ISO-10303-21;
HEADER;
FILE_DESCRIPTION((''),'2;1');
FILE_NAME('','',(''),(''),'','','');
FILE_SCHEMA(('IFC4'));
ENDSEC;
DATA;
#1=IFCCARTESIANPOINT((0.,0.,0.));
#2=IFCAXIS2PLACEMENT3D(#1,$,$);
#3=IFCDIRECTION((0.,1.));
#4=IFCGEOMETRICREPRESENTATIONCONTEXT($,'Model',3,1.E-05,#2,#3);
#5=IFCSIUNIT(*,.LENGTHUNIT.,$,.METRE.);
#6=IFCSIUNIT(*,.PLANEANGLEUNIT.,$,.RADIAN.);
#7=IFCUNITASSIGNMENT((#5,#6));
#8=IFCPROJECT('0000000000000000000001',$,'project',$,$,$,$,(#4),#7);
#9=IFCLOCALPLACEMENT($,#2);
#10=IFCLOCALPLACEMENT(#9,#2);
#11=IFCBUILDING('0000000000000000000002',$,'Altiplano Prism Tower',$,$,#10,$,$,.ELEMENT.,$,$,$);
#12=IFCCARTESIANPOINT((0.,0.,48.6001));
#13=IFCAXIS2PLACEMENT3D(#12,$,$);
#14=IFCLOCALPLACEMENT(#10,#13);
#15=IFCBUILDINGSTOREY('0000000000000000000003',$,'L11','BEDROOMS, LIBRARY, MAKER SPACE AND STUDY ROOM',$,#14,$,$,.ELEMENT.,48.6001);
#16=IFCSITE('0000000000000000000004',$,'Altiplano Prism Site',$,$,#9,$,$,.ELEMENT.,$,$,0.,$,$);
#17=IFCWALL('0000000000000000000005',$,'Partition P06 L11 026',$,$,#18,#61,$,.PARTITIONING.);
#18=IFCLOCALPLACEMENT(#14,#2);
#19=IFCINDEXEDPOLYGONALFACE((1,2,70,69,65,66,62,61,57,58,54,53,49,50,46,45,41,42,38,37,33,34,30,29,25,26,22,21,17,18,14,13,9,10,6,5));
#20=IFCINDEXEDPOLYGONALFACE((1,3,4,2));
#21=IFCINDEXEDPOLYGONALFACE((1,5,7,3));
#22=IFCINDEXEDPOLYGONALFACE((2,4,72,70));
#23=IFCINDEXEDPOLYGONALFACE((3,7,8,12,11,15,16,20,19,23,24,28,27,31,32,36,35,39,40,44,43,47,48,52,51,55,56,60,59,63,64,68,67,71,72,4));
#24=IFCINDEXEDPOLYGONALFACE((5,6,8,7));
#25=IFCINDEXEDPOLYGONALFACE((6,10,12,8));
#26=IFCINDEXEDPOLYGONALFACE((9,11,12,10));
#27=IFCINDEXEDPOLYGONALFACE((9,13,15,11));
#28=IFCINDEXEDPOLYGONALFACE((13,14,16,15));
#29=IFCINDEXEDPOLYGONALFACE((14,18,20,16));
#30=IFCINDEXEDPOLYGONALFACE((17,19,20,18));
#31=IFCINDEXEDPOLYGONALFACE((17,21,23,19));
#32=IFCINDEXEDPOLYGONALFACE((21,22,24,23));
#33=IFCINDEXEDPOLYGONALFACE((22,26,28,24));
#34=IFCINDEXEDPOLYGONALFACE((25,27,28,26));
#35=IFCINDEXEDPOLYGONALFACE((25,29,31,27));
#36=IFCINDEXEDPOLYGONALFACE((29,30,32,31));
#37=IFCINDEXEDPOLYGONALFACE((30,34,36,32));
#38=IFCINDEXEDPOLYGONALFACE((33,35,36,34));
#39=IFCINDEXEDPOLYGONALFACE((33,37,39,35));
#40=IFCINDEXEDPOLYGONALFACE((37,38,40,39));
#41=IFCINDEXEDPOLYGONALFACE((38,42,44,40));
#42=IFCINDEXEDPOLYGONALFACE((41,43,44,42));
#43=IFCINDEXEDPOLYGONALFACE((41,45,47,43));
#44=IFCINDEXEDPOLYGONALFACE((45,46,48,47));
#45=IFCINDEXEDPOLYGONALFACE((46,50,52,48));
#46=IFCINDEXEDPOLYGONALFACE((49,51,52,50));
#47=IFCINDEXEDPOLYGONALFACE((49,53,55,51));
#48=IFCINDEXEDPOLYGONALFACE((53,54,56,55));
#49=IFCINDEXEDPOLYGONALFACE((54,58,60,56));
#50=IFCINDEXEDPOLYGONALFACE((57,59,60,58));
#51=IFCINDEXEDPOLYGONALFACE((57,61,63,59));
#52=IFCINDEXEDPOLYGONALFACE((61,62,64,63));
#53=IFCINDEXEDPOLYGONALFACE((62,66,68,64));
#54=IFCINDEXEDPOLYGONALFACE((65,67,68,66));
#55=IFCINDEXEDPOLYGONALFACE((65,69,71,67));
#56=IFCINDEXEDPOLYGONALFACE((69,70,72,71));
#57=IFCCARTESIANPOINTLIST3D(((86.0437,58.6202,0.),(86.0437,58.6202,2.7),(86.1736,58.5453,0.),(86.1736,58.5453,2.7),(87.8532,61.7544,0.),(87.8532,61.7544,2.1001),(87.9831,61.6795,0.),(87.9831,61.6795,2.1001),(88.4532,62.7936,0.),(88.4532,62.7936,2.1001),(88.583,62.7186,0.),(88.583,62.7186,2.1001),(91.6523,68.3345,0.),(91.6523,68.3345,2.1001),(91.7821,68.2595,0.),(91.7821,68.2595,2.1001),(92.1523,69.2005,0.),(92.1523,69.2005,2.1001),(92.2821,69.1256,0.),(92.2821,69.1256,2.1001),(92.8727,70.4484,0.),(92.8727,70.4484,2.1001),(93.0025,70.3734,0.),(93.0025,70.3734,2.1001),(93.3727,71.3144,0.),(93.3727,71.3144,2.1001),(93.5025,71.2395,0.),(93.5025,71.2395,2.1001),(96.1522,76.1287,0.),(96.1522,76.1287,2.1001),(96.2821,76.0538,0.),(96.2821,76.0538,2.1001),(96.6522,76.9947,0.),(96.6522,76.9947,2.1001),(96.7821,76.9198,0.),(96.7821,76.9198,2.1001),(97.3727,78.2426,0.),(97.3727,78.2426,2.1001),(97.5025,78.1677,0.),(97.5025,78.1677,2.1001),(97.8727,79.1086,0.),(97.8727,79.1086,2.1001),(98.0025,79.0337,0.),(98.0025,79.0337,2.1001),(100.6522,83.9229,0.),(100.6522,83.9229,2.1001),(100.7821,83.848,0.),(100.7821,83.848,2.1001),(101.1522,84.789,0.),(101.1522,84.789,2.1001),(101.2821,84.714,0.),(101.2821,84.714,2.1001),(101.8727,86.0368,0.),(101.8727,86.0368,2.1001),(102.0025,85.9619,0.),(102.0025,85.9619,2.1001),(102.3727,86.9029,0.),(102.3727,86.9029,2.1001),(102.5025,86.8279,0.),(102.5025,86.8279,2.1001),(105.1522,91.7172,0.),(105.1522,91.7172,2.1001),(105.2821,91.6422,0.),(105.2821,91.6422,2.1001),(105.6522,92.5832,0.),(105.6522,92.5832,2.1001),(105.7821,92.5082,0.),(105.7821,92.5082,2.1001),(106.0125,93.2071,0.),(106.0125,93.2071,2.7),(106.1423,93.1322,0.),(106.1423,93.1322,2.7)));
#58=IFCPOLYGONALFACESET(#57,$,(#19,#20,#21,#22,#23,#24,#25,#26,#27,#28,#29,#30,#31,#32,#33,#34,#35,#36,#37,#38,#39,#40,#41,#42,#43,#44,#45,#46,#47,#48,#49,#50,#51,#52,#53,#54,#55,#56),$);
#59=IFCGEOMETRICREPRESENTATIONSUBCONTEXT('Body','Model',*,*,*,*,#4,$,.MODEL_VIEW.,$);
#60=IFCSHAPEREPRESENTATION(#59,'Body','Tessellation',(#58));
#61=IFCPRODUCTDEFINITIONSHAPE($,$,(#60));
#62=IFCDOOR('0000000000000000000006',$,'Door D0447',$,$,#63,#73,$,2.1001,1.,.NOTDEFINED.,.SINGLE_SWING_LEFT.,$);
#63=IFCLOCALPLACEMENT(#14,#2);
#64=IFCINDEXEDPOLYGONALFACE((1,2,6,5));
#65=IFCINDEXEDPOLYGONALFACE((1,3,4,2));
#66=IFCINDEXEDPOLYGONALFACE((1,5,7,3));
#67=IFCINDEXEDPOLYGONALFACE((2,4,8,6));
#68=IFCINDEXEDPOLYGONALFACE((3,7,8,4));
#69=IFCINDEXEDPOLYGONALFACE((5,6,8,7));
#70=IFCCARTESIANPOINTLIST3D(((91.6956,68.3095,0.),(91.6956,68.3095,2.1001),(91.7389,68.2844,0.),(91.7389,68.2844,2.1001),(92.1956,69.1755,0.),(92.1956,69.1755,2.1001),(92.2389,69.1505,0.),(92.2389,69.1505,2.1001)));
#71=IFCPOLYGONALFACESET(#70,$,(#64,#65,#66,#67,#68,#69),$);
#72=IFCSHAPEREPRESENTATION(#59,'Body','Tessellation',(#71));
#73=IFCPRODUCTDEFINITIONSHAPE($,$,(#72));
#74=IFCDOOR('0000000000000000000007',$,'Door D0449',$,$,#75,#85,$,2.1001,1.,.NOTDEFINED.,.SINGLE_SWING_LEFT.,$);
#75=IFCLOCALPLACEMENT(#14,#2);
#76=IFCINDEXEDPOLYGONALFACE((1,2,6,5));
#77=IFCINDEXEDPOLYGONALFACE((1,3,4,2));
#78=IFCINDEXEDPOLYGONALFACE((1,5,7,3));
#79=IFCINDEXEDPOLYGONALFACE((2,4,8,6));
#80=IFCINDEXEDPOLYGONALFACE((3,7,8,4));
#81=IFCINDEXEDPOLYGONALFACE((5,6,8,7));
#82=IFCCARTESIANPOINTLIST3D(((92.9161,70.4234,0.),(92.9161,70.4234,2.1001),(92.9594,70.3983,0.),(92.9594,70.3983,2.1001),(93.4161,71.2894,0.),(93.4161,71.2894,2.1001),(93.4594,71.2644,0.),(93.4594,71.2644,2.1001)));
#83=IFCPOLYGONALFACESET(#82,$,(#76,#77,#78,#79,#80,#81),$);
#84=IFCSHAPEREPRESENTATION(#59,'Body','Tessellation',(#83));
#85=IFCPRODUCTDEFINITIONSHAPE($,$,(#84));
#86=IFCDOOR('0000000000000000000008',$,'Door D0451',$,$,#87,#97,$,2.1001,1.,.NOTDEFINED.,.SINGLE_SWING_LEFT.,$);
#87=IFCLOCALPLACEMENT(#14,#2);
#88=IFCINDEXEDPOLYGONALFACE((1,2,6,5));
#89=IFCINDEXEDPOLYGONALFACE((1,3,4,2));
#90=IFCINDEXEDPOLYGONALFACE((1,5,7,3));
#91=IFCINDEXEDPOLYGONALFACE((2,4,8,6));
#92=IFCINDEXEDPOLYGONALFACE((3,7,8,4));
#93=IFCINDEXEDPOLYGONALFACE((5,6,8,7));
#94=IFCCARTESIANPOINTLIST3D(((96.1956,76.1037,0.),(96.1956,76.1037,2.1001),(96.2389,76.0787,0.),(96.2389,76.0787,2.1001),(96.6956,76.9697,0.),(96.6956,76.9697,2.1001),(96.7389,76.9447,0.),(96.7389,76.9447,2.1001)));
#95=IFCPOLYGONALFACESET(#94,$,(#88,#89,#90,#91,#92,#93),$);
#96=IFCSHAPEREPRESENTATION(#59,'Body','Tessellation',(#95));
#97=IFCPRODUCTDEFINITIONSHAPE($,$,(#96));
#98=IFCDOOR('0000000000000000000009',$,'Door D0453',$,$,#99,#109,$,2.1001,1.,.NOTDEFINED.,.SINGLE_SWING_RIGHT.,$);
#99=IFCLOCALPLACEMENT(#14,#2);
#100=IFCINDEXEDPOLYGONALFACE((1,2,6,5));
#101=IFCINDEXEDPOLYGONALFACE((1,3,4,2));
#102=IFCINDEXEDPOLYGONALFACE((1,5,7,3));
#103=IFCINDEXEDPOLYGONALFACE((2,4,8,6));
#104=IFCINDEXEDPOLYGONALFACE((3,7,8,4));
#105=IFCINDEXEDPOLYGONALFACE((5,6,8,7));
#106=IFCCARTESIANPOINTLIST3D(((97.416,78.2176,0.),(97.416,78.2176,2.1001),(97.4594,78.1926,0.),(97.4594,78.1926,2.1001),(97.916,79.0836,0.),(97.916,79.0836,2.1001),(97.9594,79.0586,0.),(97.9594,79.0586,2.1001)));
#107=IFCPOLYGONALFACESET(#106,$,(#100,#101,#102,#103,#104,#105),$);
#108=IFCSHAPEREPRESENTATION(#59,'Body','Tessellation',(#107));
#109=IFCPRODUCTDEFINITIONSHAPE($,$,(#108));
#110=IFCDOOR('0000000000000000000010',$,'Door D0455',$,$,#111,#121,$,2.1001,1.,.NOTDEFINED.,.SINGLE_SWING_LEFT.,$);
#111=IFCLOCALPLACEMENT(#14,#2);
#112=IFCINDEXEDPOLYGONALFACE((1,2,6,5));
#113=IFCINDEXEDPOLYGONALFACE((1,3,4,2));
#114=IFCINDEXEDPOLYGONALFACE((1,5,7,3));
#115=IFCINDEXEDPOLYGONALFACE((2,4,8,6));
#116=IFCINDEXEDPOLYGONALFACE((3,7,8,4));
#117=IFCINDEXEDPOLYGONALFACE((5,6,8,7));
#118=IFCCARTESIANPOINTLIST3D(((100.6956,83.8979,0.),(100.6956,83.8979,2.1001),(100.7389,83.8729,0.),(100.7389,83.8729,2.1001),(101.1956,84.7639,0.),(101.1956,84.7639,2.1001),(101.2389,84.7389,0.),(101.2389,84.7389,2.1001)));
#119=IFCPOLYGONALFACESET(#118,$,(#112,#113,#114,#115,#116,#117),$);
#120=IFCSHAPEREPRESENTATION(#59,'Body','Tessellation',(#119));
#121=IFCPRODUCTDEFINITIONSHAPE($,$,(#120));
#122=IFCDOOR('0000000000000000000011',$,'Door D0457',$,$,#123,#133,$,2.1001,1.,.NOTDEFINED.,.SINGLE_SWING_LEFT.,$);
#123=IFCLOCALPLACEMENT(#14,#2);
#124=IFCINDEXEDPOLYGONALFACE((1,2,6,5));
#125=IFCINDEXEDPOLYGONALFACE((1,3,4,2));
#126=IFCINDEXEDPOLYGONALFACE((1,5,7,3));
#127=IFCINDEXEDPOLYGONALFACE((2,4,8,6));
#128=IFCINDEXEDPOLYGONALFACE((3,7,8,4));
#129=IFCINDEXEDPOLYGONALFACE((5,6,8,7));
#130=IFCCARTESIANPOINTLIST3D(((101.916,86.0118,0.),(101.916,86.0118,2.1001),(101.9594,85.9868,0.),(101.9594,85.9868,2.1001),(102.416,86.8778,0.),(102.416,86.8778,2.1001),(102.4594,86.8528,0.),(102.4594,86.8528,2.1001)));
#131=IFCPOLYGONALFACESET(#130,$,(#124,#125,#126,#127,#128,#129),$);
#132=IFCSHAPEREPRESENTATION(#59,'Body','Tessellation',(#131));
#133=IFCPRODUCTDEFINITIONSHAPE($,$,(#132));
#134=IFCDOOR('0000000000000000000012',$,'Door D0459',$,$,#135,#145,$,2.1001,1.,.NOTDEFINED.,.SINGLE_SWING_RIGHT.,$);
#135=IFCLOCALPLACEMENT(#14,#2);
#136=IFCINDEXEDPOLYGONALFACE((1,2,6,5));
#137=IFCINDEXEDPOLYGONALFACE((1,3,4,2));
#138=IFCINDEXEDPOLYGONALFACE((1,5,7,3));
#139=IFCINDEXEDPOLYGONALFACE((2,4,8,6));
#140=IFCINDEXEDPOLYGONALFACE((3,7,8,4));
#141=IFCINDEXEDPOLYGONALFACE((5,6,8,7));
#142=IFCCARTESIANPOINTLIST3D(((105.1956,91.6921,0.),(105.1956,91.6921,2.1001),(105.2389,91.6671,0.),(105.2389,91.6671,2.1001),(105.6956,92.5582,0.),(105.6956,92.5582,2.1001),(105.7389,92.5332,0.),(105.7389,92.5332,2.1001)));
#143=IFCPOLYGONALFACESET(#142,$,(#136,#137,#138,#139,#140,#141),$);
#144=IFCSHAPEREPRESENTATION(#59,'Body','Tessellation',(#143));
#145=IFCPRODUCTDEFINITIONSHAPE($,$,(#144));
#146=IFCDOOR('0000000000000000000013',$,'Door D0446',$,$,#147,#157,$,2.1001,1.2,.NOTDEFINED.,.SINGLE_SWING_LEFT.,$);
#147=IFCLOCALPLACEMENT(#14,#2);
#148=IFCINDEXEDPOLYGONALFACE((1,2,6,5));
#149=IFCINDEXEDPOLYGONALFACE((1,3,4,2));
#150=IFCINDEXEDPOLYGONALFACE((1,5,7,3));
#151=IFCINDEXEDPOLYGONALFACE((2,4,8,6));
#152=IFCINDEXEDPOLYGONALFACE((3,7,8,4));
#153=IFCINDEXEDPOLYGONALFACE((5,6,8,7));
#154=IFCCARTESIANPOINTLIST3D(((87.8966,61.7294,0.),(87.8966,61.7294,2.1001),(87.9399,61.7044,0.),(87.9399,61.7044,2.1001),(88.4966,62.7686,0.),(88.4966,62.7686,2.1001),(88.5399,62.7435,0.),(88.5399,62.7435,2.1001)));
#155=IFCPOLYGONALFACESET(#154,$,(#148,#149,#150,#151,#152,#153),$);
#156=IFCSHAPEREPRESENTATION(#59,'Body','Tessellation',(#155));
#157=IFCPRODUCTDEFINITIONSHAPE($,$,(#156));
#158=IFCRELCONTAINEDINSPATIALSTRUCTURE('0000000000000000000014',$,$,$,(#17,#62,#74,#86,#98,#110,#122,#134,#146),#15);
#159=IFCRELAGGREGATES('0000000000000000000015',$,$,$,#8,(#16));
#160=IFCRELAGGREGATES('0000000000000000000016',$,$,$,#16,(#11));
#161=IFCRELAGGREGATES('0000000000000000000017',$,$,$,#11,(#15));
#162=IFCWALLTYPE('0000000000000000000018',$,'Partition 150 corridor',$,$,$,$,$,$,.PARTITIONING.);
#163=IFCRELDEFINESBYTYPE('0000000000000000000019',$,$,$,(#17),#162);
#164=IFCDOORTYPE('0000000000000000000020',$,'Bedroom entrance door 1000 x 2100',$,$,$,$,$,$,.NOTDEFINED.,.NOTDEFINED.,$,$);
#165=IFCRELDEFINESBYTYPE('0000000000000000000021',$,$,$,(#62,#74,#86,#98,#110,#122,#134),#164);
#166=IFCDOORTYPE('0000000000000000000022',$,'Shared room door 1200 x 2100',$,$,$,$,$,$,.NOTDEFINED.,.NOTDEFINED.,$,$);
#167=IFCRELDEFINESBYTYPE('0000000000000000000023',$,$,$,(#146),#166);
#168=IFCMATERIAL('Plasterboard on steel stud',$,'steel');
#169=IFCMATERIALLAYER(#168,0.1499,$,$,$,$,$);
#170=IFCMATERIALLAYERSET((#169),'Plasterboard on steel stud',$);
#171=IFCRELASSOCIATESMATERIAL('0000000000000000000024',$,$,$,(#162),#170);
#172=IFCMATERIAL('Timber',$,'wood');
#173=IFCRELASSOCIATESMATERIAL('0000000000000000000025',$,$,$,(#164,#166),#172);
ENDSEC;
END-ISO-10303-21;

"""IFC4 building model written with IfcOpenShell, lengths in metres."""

from ifc_helpers import new_model, si_unit, direction, frame, frame_2d, origin, place, context, subcontext, project, spatial, rectangle, extrude, material, layer, layer_set, type_object, element, fill, save


model = new_model("IFC4")

# Units and contexts
model_context = context("Model", 3, precision=1e-05, world=origin(), true_north=direction((0.0, 1.0)))
body_context = subcontext(model_context, "Body", "Model", "MODEL_VIEW")
ifc_project = project(units=[si_unit("LENGTHUNIT", "METRE"), si_unit("PLANEANGLEUNIT", "RADIAN")], contexts=[model_context])

# Site, building, storey
site_placement = place(None, origin())
site = spatial("IfcSite", under=ifc_project, at=site_placement, Name="Altiplano Prism Site", CompositionType="ELEMENT", RefElevation=0.0)
building_placement = place(site_placement, origin())
building = spatial("IfcBuilding", under=site, at=building_placement, Name="Altiplano Prism Tower", CompositionType="ELEMENT")
storey_placement = place(building_placement, frame((0.0, 0.0, 48.6001)))
storey = spatial("IfcBuildingStorey", under=building, at=storey_placement, Name="L11", Description="BEDROOMS, LIBRARY, MAKER SPACE AND STUDY ROOM", CompositionType="ELEMENT", Elevation=48.6001)

# Shared definitions
ifc_material_1 = material(Name="Plasterboard on steel stud", Category="steel")
ifc_layer = layer(ifc_material_1, 0.1499)
ifc_layer_set = layer_set([ifc_layer], Name="Plasterboard on steel stud")
wall_type = type_object("IfcWallType", Name="Partition 150 corridor", PredefinedType="PARTITIONING", material=ifc_layer_set)

# Wall, openings, doors
wall_1_placement = place(storey_placement, frame((86.1086, 58.5828, 0.0), z_axis=(0.0, 0.0, 1.0), x_axis=(0.5, 0.866026, 0.0)))
wall_1 = element("IfcWall", 1, at=wall_1_placement, inside=storey, type_object=wall_type, Name="Partition P06 L11 026", PredefinedType="PARTITIONING", context=body_context, shape_type="SweptSolid", body=[
    extrude(rectangle(XDim=39.9375, YDim=0.1499, at=frame_2d((19.9688, 0.0))), origin(), (0.0, 0.0, 1.0), 2.7),
])
opening_1_placement = place(wall_1_placement, frame((3.6189, 0.0, 0.0)))
opening_1 = element("IfcOpeningElement", 2, at=opening_1_placement, cuts=wall_1, PredefinedType="OPENING", context=body_context, shape_type="SweptSolid", body=[
    extrude(rectangle(XDim=1.2, YDim=2.1001, at=frame_2d((0.6001, 1.05))), frame((0.0, 0.0854, 0.0), z_axis=(0.0, -1.0, 0.0), x_axis=(1.0, 0.0, 0.0)), (0.0, 0.0, 1.0), 0.1709),
])
opening_2_placement = place(wall_1_placement, frame((11.217, 0.0, 0.0)))
opening_2 = element("IfcOpeningElement", 3, at=opening_2_placement, cuts=wall_1, PredefinedType="OPENING", context=body_context, shape_type="SweptSolid", body=[
    extrude(rectangle(XDim=1.0, YDim=2.1001, at=frame_2d((0.5, 1.05))), frame((0.0, 0.0854, 0.0), z_axis=(0.0, -1.0, 0.0), x_axis=(1.0, 0.0, 0.0)), (0.0, 0.0, 1.0), 0.1709),
])
opening_3_placement = place(wall_1_placement, frame((13.658, 0.0, 0.0)))
opening_3 = element("IfcOpeningElement", 4, at=opening_3_placement, cuts=wall_1, PredefinedType="OPENING", context=body_context, shape_type="SweptSolid", body=[
    extrude(rectangle(XDim=1.0, YDim=2.1001, at=frame_2d((0.5, 1.05))), frame((0.0, 0.0854, 0.0), z_axis=(0.0, -1.0, 0.0), x_axis=(1.0, 0.0, 0.0)), (0.0, 0.0, 1.0), 0.1709),
])
opening_4_placement = place(wall_1_placement, frame((20.217, 0.0, 0.0)))
opening_4 = element("IfcOpeningElement", 5, at=opening_4_placement, cuts=wall_1, PredefinedType="OPENING", context=body_context, shape_type="SweptSolid", body=[
    extrude(rectangle(XDim=1.0, YDim=2.1001, at=frame_2d((0.5, 1.05))), frame((0.0, 0.0854, 0.0), z_axis=(0.0, -1.0, 0.0), x_axis=(1.0, 0.0, 0.0)), (0.0, 0.0, 1.0), 0.1709),
])
opening_5_placement = place(wall_1_placement, frame((22.658, 0.0, 0.0)))
opening_5 = element("IfcOpeningElement", 6, at=opening_5_placement, cuts=wall_1, PredefinedType="OPENING", context=body_context, shape_type="SweptSolid", body=[
    extrude(rectangle(XDim=1.0, YDim=2.1001, at=frame_2d((0.5, 1.05))), frame((0.0, 0.0854, 0.0), z_axis=(0.0, -1.0, 0.0), x_axis=(1.0, 0.0, 0.0)), (0.0, 0.0, 1.0), 0.1709),
])
opening_6_placement = place(wall_1_placement, frame((29.217, 0.0, 0.0)))
opening_6 = element("IfcOpeningElement", 7, at=opening_6_placement, cuts=wall_1, PredefinedType="OPENING", context=body_context, shape_type="SweptSolid", body=[
    extrude(rectangle(XDim=1.0, YDim=2.1001, at=frame_2d((0.5, 1.05))), frame((0.0, 0.0854, 0.0), z_axis=(0.0, -1.0, 0.0), x_axis=(1.0, 0.0, 0.0)), (0.0, 0.0, 1.0), 0.1709),
])
opening_7_placement = place(wall_1_placement, frame((31.658, 0.0, 0.0)))
opening_7 = element("IfcOpeningElement", 8, at=opening_7_placement, cuts=wall_1, PredefinedType="OPENING", context=body_context, shape_type="SweptSolid", body=[
    extrude(rectangle(XDim=1.0, YDim=2.1001, at=frame_2d((0.5, 1.05))), frame((0.0, 0.0854, 0.0), z_axis=(0.0, -1.0, 0.0), x_axis=(1.0, 0.0, 0.0)), (0.0, 0.0, 1.0), 0.1709),
])
opening_8_placement = place(wall_1_placement, frame((38.217, 0.0, 0.0)))
opening_8 = element("IfcOpeningElement", 9, at=opening_8_placement, cuts=wall_1, PredefinedType="OPENING", context=body_context, shape_type="SweptSolid", body=[
    extrude(rectangle(XDim=1.0, YDim=2.1001, at=frame_2d((0.5, 1.05))), frame((0.0, 0.0854, 0.0), z_axis=(0.0, -1.0, 0.0), x_axis=(1.0, 0.0, 0.0)), (0.0, 0.0, 1.0), 0.1709),
])
ifc_material_2 = material(Name="Timber", Category="wood")
door_type_1 = type_object("IfcDoorType", Name="Bedroom entrance door 1000 x 2100", OperationType="NOTDEFINED", PredefinedType="NOTDEFINED", material=ifc_material_2)
door_1_placement = place(opening_2_placement, origin())
door_1 = element("IfcDoor", 10, at=door_1_placement, inside=storey, type_object=door_type_1, Name="Door D0447", OperationType="SINGLE_SWING_LEFT", OverallHeight=2.1001, OverallWidth=1.0, PredefinedType="NOTDEFINED", context=body_context, shape_type="SweptSolid", body=[
    extrude(rectangle(XDim=1.0, YDim=2.1001, at=frame_2d((0.5, 1.05))), frame((0.0, 0.0249, 0.0), z_axis=(0.0, -1.0, 0.0), x_axis=(1.0, 0.0, 0.0)), (0.0, 0.0, 1.0), 0.05),
])
fill(opening_2, door_1)
door_2_placement = place(opening_3_placement, origin())
door_2 = element("IfcDoor", 11, at=door_2_placement, inside=storey, type_object=door_type_1, Name="Door D0449", OperationType="SINGLE_SWING_LEFT", OverallHeight=2.1001, OverallWidth=1.0, PredefinedType="NOTDEFINED", context=body_context, shape_type="SweptSolid", body=[
    extrude(rectangle(XDim=1.0, YDim=2.1001, at=frame_2d((0.5, 1.05))), frame((0.0, 0.0249, 0.0), z_axis=(0.0, -1.0, 0.0), x_axis=(1.0, 0.0, 0.0)), (0.0, 0.0, 1.0), 0.05),
])
fill(opening_3, door_2)
door_3_placement = place(opening_4_placement, origin())
door_3 = element("IfcDoor", 12, at=door_3_placement, inside=storey, type_object=door_type_1, Name="Door D0451", OperationType="SINGLE_SWING_LEFT", OverallHeight=2.1001, OverallWidth=1.0, PredefinedType="NOTDEFINED", context=body_context, shape_type="SweptSolid", body=[
    extrude(rectangle(XDim=1.0, YDim=2.1001, at=frame_2d((0.5, 1.05))), frame((0.0, 0.0249, 0.0), z_axis=(0.0, -1.0, 0.0), x_axis=(1.0, 0.0, 0.0)), (0.0, 0.0, 1.0), 0.05),
])
fill(opening_4, door_3)
door_4_placement = place(opening_5_placement, origin())
door_4 = element("IfcDoor", 13, at=door_4_placement, inside=storey, type_object=door_type_1, Name="Door D0453", OperationType="SINGLE_SWING_RIGHT", OverallHeight=2.1001, OverallWidth=1.0, PredefinedType="NOTDEFINED", context=body_context, shape_type="SweptSolid", body=[
    extrude(rectangle(XDim=1.0, YDim=2.1001, at=frame_2d((0.5, 1.05))), frame((0.0, 0.0249, 0.0), z_axis=(0.0, -1.0, 0.0), x_axis=(1.0, 0.0, 0.0)), (0.0, 0.0, 1.0), 0.05),
])
fill(opening_5, door_4)
door_5_placement = place(opening_6_placement, origin())
door_5 = element("IfcDoor", 14, at=door_5_placement, inside=storey, type_object=door_type_1, Name="Door D0455", OperationType="SINGLE_SWING_LEFT", OverallHeight=2.1001, OverallWidth=1.0, PredefinedType="NOTDEFINED", context=body_context, shape_type="SweptSolid", body=[
    extrude(rectangle(XDim=1.0, YDim=2.1001, at=frame_2d((0.5, 1.05))), frame((0.0, 0.0249, 0.0), z_axis=(0.0, -1.0, 0.0), x_axis=(1.0, 0.0, 0.0)), (0.0, 0.0, 1.0), 0.05),
])
fill(opening_6, door_5)
door_6_placement = place(opening_7_placement, origin())
door_6 = element("IfcDoor", 15, at=door_6_placement, inside=storey, type_object=door_type_1, Name="Door D0457", OperationType="SINGLE_SWING_LEFT", OverallHeight=2.1001, OverallWidth=1.0, PredefinedType="NOTDEFINED", context=body_context, shape_type="SweptSolid", body=[
    extrude(rectangle(XDim=1.0, YDim=2.1001, at=frame_2d((0.5, 1.05))), frame((0.0, 0.0249, 0.0), z_axis=(0.0, -1.0, 0.0), x_axis=(1.0, 0.0, 0.0)), (0.0, 0.0, 1.0), 0.05),
])
fill(opening_7, door_6)
door_7_placement = place(opening_8_placement, origin())
door_7 = element("IfcDoor", 16, at=door_7_placement, inside=storey, type_object=door_type_1, Name="Door D0459", OperationType="SINGLE_SWING_RIGHT", OverallHeight=2.1001, OverallWidth=1.0, PredefinedType="NOTDEFINED", context=body_context, shape_type="SweptSolid", body=[
    extrude(rectangle(XDim=1.0, YDim=2.1001, at=frame_2d((0.5, 1.05))), frame((0.0, 0.0249, 0.0), z_axis=(0.0, -1.0, 0.0), x_axis=(1.0, 0.0, 0.0)), (0.0, 0.0, 1.0), 0.05),
])
fill(opening_8, door_7)
door_type_2 = type_object("IfcDoorType", Name="Shared room door 1200 x 2100", OperationType="NOTDEFINED", PredefinedType="NOTDEFINED", material=ifc_material_2)
door_8_placement = place(opening_1_placement, origin())
door_8 = element("IfcDoor", 17, at=door_8_placement, inside=storey, type_object=door_type_2, Name="Door D0446", OperationType="SINGLE_SWING_LEFT", OverallHeight=2.1001, OverallWidth=1.2, PredefinedType="NOTDEFINED", context=body_context, shape_type="SweptSolid", body=[
    extrude(rectangle(XDim=1.2, YDim=2.1001, at=frame_2d((0.6001, 1.05))), frame((0.0, 0.0249, 0.0), z_axis=(0.0, -1.0, 0.0), x_axis=(1.0, 0.0, 0.0)), (0.0, 0.0, 1.0), 0.05),
])
fill(opening_1, door_8)

save(model, "model.ifc")
